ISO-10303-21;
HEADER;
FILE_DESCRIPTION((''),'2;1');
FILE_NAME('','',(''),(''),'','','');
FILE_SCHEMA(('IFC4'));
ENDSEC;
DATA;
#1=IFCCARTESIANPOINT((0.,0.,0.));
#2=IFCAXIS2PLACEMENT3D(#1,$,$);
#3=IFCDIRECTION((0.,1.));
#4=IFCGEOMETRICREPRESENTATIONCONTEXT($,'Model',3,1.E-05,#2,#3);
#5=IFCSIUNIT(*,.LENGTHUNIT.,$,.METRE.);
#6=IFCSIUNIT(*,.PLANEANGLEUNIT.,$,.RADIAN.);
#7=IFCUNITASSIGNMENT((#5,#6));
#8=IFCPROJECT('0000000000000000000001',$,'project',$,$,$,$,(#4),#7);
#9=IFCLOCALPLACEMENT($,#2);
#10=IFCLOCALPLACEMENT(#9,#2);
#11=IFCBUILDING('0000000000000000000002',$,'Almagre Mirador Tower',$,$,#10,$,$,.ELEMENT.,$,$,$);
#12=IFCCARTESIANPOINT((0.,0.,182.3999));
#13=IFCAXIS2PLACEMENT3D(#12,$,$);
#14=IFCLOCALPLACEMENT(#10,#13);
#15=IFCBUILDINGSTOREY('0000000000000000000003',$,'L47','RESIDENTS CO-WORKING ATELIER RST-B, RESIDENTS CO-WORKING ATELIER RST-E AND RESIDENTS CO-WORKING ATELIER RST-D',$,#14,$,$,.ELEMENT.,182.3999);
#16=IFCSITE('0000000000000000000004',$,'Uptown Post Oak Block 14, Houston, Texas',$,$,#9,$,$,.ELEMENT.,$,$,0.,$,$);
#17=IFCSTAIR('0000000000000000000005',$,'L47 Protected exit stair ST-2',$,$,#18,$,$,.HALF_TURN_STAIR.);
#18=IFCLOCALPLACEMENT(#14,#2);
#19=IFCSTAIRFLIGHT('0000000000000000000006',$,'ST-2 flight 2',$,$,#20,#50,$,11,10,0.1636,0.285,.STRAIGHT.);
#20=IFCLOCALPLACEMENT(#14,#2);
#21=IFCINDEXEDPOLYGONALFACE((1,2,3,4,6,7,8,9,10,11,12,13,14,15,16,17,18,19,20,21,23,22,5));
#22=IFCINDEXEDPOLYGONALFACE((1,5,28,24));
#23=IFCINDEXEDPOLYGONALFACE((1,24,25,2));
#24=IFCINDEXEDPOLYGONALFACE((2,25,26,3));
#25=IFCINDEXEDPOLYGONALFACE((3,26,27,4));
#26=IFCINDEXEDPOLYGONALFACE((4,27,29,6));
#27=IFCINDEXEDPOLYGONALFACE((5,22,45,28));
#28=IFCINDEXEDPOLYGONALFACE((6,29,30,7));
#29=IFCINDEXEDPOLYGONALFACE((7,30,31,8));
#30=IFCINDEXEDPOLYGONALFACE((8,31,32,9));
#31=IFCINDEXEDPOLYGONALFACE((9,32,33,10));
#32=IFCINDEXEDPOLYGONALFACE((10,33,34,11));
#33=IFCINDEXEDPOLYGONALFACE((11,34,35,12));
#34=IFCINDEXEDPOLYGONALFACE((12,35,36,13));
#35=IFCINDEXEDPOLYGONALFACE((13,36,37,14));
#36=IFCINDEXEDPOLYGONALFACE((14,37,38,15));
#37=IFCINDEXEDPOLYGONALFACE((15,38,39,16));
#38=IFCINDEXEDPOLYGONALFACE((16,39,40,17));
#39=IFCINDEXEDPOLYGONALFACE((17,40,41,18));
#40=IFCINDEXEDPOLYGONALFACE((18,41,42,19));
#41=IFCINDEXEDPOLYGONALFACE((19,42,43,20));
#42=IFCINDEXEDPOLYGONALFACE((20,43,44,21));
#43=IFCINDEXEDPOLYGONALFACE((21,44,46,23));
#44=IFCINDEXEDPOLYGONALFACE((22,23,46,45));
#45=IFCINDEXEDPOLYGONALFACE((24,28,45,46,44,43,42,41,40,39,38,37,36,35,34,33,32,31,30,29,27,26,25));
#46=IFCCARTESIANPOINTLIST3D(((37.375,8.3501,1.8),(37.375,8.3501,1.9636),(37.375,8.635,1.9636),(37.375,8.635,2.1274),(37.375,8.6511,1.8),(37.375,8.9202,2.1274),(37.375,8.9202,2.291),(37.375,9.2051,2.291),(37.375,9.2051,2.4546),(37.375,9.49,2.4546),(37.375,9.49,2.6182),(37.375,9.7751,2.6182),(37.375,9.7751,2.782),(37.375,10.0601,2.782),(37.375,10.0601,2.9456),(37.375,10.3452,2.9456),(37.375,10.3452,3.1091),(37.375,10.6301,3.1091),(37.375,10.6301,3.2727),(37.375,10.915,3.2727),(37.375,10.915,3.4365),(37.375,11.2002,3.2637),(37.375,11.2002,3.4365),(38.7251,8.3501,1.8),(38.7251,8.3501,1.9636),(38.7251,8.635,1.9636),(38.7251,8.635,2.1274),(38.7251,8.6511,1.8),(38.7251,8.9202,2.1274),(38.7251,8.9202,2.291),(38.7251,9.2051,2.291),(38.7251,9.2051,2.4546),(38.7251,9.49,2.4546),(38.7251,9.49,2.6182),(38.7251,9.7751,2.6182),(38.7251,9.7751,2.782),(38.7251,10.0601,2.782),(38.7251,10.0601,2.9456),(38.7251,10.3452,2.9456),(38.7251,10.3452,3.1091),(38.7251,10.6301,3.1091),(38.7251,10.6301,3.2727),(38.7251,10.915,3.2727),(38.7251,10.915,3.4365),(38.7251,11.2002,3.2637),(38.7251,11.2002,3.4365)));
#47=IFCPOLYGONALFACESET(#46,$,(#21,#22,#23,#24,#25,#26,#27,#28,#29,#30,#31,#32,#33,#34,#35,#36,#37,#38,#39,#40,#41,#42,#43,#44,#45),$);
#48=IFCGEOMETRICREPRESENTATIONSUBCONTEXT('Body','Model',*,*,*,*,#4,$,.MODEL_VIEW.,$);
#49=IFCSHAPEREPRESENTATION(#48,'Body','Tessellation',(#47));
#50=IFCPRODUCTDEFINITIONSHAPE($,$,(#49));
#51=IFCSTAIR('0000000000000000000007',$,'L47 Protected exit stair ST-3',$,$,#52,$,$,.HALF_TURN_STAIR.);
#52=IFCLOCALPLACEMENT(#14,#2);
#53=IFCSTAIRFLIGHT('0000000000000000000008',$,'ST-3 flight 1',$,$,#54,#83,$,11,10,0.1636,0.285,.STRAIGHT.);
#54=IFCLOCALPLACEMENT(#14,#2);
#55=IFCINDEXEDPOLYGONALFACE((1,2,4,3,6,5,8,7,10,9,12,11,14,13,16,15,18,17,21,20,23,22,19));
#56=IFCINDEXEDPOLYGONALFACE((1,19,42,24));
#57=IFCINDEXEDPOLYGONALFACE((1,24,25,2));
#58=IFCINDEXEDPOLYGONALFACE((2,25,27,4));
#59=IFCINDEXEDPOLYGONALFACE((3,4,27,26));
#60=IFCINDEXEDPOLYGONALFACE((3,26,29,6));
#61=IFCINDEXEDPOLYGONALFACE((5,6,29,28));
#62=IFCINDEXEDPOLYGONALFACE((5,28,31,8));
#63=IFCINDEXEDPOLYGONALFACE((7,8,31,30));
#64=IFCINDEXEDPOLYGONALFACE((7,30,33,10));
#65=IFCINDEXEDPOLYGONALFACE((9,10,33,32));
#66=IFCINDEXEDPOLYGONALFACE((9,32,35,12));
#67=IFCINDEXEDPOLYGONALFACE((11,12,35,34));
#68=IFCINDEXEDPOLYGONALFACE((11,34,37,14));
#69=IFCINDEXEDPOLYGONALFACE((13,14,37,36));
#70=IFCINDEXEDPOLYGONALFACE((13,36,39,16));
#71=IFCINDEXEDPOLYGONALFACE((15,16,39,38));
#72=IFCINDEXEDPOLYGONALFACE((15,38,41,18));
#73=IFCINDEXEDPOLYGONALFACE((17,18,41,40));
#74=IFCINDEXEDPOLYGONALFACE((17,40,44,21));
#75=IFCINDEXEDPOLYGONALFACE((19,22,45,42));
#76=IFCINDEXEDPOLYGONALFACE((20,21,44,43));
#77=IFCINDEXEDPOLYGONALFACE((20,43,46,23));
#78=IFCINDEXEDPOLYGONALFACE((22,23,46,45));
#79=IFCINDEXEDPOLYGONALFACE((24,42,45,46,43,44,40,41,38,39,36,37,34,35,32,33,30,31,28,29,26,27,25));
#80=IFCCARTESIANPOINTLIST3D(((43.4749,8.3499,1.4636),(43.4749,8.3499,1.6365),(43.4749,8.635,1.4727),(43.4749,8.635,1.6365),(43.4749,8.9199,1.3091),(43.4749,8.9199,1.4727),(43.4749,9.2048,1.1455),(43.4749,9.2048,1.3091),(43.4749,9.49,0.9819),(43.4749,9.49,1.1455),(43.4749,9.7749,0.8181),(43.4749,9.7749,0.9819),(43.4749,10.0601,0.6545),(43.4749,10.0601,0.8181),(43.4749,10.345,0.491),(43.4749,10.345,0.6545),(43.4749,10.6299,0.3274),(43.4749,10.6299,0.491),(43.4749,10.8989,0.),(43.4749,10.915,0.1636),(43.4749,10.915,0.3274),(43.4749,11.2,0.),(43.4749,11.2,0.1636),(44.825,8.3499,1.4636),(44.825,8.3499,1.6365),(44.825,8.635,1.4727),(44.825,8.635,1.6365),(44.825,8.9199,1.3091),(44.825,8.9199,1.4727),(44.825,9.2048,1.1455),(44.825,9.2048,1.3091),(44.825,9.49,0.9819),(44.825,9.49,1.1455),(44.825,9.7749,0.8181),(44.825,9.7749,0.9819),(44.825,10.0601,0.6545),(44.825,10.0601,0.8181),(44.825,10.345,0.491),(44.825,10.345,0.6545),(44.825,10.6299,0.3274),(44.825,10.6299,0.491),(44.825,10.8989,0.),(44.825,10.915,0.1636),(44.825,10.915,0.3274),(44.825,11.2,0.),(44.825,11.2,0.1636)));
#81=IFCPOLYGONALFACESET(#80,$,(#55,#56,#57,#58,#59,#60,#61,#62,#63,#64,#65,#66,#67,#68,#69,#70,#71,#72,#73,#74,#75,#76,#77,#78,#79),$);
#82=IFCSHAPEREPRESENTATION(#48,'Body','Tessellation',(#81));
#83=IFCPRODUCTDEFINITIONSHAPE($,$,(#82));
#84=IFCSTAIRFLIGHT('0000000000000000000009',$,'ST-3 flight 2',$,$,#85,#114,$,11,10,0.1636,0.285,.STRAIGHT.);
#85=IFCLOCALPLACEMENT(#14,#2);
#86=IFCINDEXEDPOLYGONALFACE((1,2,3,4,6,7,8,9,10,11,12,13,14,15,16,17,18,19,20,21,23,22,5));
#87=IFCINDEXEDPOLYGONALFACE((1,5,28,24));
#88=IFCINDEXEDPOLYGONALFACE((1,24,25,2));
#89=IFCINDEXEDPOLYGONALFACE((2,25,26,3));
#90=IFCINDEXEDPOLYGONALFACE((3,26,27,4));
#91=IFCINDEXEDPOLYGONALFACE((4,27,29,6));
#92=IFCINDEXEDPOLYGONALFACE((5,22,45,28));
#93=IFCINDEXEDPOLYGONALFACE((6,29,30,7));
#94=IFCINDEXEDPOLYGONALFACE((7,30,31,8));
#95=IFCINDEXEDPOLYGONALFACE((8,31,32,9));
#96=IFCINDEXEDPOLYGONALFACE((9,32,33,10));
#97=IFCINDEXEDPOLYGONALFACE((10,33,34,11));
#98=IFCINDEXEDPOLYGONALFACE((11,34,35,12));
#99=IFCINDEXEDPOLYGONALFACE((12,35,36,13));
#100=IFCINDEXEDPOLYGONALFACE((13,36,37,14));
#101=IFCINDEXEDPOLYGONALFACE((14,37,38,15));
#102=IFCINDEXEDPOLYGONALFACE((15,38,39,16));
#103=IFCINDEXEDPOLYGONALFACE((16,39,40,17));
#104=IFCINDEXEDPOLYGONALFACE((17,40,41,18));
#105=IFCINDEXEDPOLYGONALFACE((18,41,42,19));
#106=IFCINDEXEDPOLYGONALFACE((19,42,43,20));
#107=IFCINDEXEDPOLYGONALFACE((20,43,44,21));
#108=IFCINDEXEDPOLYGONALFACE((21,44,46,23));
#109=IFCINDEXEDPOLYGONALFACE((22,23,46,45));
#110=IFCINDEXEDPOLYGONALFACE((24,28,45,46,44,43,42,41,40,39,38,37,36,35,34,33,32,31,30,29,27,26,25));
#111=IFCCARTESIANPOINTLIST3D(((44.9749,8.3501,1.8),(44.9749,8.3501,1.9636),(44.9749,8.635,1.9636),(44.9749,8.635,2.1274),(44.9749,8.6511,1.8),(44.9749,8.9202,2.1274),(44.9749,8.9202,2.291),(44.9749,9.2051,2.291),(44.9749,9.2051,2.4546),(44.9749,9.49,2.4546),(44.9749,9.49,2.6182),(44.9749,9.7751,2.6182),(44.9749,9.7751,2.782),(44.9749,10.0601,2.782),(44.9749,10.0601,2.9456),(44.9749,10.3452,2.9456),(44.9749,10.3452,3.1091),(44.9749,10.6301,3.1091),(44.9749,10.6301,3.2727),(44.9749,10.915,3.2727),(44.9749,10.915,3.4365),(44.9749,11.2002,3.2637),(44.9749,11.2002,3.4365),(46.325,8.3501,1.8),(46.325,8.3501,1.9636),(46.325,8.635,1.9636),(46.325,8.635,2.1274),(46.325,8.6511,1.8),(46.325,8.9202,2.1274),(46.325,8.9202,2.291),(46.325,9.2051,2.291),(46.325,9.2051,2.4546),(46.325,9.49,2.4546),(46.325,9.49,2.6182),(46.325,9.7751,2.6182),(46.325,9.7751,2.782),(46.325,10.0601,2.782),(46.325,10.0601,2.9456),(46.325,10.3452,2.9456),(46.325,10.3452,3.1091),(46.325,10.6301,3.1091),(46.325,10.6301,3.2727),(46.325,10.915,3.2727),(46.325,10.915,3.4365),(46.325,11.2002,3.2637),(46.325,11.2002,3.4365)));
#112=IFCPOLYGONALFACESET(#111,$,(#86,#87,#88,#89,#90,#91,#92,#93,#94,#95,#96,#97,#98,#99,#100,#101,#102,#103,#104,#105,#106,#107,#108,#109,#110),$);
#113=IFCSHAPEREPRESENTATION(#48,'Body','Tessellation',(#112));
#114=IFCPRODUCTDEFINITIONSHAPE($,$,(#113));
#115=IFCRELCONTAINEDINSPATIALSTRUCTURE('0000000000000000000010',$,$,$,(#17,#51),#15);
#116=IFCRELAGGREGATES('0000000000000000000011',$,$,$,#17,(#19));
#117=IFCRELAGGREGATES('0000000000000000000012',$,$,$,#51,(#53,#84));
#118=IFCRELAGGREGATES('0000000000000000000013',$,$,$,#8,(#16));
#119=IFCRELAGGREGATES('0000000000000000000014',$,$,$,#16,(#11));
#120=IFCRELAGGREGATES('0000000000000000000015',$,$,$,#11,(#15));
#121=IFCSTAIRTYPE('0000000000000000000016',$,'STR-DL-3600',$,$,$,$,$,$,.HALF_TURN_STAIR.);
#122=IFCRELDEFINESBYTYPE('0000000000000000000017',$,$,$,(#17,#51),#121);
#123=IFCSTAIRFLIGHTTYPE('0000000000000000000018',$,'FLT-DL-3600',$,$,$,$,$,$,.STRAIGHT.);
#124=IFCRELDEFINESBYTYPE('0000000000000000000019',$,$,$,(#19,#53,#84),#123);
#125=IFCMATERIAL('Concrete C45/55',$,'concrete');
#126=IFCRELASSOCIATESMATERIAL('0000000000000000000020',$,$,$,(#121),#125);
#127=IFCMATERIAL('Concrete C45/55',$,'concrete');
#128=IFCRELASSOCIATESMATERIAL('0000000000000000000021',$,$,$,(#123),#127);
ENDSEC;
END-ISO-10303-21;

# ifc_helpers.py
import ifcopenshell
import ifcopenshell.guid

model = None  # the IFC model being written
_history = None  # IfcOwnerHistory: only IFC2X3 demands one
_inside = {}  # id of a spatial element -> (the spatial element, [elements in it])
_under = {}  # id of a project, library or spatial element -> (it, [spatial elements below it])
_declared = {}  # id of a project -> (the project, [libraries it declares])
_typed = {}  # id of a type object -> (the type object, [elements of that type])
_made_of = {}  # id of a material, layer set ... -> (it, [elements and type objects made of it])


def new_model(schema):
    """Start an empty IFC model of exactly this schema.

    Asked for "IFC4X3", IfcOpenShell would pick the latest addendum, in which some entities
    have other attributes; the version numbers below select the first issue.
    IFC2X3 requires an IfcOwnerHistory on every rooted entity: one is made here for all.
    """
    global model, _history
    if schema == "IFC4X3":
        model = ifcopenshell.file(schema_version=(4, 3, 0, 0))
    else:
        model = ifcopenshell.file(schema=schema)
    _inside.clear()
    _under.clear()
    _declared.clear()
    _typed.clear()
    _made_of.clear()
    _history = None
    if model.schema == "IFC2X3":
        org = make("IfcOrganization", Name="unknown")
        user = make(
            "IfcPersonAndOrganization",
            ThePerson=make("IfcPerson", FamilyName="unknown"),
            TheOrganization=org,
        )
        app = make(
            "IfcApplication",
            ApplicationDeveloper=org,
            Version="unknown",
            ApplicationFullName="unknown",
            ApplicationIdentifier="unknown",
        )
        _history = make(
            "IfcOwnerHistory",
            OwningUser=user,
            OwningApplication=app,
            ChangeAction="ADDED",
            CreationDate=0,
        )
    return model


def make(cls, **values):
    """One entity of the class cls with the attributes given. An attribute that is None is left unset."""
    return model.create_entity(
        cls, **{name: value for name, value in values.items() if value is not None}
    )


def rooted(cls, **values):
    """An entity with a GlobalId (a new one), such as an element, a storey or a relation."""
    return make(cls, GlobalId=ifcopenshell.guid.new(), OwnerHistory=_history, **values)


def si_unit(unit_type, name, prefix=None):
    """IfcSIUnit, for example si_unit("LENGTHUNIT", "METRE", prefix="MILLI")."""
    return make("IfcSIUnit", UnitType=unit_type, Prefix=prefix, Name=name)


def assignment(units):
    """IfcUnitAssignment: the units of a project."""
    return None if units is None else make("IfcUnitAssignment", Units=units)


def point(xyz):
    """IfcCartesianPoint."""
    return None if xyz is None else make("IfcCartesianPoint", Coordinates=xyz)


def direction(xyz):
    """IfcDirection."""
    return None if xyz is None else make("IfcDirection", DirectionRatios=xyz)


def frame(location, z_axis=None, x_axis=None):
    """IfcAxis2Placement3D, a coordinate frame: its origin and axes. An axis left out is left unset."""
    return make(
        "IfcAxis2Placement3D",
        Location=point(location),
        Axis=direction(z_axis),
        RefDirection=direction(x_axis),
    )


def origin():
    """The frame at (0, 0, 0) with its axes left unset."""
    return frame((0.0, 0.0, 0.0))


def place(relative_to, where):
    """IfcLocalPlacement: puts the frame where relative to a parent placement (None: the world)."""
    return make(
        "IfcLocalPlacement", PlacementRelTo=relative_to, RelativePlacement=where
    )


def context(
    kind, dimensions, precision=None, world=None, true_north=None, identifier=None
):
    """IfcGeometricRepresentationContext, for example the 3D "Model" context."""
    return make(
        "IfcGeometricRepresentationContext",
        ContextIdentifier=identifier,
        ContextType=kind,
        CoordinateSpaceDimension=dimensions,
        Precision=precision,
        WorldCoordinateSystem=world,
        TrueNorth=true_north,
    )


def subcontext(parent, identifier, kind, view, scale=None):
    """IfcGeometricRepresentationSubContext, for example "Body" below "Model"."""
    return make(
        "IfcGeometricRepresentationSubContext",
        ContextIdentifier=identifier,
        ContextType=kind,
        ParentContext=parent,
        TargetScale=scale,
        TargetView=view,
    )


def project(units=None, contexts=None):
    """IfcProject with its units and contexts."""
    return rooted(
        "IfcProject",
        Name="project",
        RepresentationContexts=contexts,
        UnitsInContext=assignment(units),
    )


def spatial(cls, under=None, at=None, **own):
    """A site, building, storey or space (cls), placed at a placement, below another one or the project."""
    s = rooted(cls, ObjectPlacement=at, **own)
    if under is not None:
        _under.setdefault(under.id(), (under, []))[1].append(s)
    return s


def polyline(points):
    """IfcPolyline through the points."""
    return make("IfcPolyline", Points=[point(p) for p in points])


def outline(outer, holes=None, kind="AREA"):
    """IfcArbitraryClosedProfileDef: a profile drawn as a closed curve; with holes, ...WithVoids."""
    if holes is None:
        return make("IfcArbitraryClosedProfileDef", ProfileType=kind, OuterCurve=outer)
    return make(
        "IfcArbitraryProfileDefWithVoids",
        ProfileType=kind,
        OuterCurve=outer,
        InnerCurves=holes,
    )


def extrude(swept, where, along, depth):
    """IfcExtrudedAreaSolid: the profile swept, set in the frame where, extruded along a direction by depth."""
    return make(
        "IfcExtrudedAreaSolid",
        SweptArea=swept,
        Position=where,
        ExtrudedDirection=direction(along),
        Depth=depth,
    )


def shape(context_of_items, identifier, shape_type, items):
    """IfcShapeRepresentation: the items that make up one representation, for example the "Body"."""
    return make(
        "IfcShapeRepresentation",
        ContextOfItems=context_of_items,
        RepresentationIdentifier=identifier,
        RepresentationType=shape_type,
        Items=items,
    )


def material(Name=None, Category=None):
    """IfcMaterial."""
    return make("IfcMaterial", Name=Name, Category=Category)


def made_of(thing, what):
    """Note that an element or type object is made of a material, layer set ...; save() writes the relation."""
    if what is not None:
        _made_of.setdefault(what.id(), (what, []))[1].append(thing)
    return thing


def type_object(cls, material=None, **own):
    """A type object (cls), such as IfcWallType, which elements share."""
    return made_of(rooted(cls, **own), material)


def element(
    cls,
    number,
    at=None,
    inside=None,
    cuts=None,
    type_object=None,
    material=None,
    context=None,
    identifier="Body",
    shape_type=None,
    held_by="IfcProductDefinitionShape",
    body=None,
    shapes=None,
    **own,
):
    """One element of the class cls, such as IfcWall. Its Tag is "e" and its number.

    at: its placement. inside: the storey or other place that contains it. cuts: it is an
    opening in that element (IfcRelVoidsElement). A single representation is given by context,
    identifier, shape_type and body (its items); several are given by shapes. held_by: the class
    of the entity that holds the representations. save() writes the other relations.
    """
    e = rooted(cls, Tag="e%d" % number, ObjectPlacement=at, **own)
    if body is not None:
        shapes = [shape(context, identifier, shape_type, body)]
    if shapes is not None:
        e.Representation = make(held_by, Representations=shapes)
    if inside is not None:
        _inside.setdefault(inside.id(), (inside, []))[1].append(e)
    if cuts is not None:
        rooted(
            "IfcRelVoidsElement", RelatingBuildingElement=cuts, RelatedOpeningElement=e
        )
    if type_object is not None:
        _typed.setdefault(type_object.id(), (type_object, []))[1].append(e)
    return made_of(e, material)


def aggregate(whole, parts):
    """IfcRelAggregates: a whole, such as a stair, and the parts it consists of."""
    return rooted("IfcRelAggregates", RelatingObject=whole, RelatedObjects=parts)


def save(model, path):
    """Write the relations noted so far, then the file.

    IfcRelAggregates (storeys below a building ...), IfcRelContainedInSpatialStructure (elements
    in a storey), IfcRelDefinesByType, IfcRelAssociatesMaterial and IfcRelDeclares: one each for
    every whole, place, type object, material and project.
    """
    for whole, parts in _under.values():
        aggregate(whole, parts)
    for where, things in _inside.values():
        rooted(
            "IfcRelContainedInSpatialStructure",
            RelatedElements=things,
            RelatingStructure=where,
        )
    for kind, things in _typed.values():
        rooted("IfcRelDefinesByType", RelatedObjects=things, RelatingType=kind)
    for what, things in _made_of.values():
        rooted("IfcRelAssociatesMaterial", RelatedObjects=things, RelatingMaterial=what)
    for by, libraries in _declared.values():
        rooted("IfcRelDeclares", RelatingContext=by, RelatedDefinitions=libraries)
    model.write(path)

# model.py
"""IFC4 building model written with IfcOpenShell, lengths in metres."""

from ifc_helpers import new_model, si_unit, direction, frame, origin, place, context, subcontext, project, spatial, polyline, outline, extrude, material, type_object, element, aggregate, save


model = new_model("IFC4")

# Units and contexts
model_context = context("Model", 3, precision=1e-05, world=origin(), true_north=direction((0.0, 1.0)))
body_context = subcontext(model_context, "Body", "Model", "MODEL_VIEW")
ifc_project = project(units=[si_unit("LENGTHUNIT", "METRE"), si_unit("PLANEANGLEUNIT", "RADIAN")], contexts=[model_context])

# Site, building, storey
site_placement = place(None, origin())
site = spatial("IfcSite", under=ifc_project, at=site_placement, Name="Uptown Post Oak Block 14, Houston, Texas", CompositionType="ELEMENT", RefElevation=0.0)
building_placement = place(site_placement, origin())
building = spatial("IfcBuilding", under=site, at=building_placement, Name="Almagre Mirador Tower", CompositionType="ELEMENT")
storey_placement = place(building_placement, frame((0.0, 0.0, 182.3999)))
storey = spatial("IfcBuildingStorey", under=building, at=storey_placement, Name="L47", Description="RESIDENTS CO-WORKING ATELIER RST-B, RESIDENTS CO-WORKING ATELIER RST-E AND RESIDENTS CO-WORKING ATELIER RST-D", CompositionType="ELEMENT", Elevation=182.3999)

# Stair, stair flight
ifc_material_1 = material(Name="Concrete C45/55", Category="concrete")
stair_type = type_object("IfcStairType", Name="STR-DL-3600", PredefinedType="HALF_TURN_STAIR", material=ifc_material_1)
stair_1_placement = place(storey_placement, origin())
stair_1 = element("IfcStair", 1, at=stair_1_placement, inside=storey, type_object=stair_type, Name="L47 Protected exit stair ST-2", PredefinedType="HALF_TURN_STAIR")
ifc_material_2 = material(Name="Concrete C45/55", Category="concrete")
stair_flight_type = type_object("IfcStairFlightType", Name="FLT-DL-3600", PredefinedType="STRAIGHT", material=ifc_material_2)
stair_flight_1_placement = place(storey_placement, frame((38.05, 8.3501, 1.8), z_axis=(0.0, 0.0, 1.0), x_axis=(0.0, 1.0, 0.0)))
stair_flight_1 = element("IfcStairFlight", 2, at=stair_flight_1_placement, type_object=stair_flight_type, Name="ST-2 flight 2", NumberOfRisers=11, NumberOfTreads=10, PredefinedType="STRAIGHT", RiserHeight=0.1636, TreadLength=0.285, context=body_context, shape_type="SweptSolid", body=[
    extrude(outline(polyline([(0.0, 0.0), (0.0, 0.1636), (0.2849, 0.1636), (0.2849, 0.3274), (0.5701, 0.3274), (0.5701, 0.491), (0.855, 0.491), (0.855, 0.6545), (1.1399, 0.6545), (1.1399, 0.8181), (1.425, 0.8181), (1.425, 0.9819), (1.71, 0.9819), (1.71, 1.1455), (1.9951, 1.1455), (1.9951, 1.3091), (2.28, 1.3091), (2.28, 1.4727), (2.5649, 1.4727), (2.5649, 1.6365), (2.8501, 1.6365), (2.8501, 1.8), (2.8501, 1.4636), (0.301, 0.0), (0.0, 0.0)])), frame((0.0, 0.675, 0.0), z_axis=(0.0, -1.0, 0.0), x_axis=(1.0, 0.0, 0.0)), (0.0, 0.0, 1.0), 1.3501),
])
aggregate(stair_1, [stair_flight_1])

# Stair, stair flights
stair_2_placement = place(storey_placement, origin())
stair_2 = element("IfcStair", 3, at=stair_2_placement, inside=storey, type_object=stair_type, Name="L47 Protected exit stair ST-3", PredefinedType="HALF_TURN_STAIR")
stair_flight_2_placement = place(storey_placement, frame((44.1499, 11.2, 0.0), z_axis=(0.0, 0.0, 1.0), x_axis=(0.0, -1.0, 0.0)))
stair_flight_2 = element("IfcStairFlight", 4, at=stair_flight_2_placement, type_object=stair_flight_type, Name="ST-3 flight 1", NumberOfRisers=11, NumberOfTreads=10, PredefinedType="STRAIGHT", RiserHeight=0.1636, TreadLength=0.285, context=body_context, shape_type="SweptSolid", body=[
    extrude(outline(polyline([(0.0, 0.0), (0.0, 0.1636), (0.2849, 0.1636), (0.2849, 0.3274), (0.5701, 0.3274), (0.5701, 0.491), (0.855, 0.491), (0.855, 0.6545), (1.1399, 0.6545), (1.1399, 0.8181), (1.425, 0.8181), (1.425, 0.9819), (1.71, 0.9819), (1.71, 1.1455), (1.9951, 1.1455), (1.9951, 1.3091), (2.28, 1.3091), (2.28, 1.4727), (2.5649, 1.4727), (2.5649, 1.6365), (2.8501, 1.6365), (2.8501, 1.8), (2.8501, 1.4636), (0.301, 0.0), (0.0, 0.0)])), frame((0.0, 0.675, 0.0), z_axis=(0.0, -1.0, 0.0), x_axis=(1.0, 0.0, 0.0)), (0.0, 0.0, 1.0), 1.3501),
])
stair_flight_3_placement = place(storey_placement, frame((45.6499, 8.3501, 1.8), z_axis=(0.0, 0.0, 1.0), x_axis=(0.0, 1.0, 0.0)))
stair_flight_3 = element("IfcStairFlight", 5, at=stair_flight_3_placement, type_object=stair_flight_type, Name="ST-3 flight 2", NumberOfRisers=11, NumberOfTreads=10, PredefinedType="STRAIGHT", RiserHeight=0.1636, TreadLength=0.285, context=body_context, shape_type="SweptSolid", body=[
    extrude(outline(polyline([(0.0, 0.0), (0.0, 0.1636), (0.2849, 0.1636), (0.2849, 0.3274), (0.5701, 0.3274), (0.5701, 0.491), (0.855, 0.491), (0.855, 0.6545), (1.1399, 0.6545), (1.1399, 0.8181), (1.425, 0.8181), (1.425, 0.9819), (1.71, 0.9819), (1.71, 1.1455), (1.9951, 1.1455), (1.9951, 1.3091), (2.28, 1.3091), (2.28, 1.4727), (2.5649, 1.4727), (2.5649, 1.6365), (2.8501, 1.6365), (2.8501, 1.8), (2.8501, 1.4636), (0.301, 0.0), (0.0, 0.0)])), frame((0.0, 0.675, 0.0), z_axis=(0.0, -1.0, 0.0), x_axis=(1.0, 0.0, 0.0)), (0.0, 0.0, 1.0), 1.3501),
])
aggregate(stair_2, [stair_flight_2, stair_flight_3])

save(model, "model.ifc")
